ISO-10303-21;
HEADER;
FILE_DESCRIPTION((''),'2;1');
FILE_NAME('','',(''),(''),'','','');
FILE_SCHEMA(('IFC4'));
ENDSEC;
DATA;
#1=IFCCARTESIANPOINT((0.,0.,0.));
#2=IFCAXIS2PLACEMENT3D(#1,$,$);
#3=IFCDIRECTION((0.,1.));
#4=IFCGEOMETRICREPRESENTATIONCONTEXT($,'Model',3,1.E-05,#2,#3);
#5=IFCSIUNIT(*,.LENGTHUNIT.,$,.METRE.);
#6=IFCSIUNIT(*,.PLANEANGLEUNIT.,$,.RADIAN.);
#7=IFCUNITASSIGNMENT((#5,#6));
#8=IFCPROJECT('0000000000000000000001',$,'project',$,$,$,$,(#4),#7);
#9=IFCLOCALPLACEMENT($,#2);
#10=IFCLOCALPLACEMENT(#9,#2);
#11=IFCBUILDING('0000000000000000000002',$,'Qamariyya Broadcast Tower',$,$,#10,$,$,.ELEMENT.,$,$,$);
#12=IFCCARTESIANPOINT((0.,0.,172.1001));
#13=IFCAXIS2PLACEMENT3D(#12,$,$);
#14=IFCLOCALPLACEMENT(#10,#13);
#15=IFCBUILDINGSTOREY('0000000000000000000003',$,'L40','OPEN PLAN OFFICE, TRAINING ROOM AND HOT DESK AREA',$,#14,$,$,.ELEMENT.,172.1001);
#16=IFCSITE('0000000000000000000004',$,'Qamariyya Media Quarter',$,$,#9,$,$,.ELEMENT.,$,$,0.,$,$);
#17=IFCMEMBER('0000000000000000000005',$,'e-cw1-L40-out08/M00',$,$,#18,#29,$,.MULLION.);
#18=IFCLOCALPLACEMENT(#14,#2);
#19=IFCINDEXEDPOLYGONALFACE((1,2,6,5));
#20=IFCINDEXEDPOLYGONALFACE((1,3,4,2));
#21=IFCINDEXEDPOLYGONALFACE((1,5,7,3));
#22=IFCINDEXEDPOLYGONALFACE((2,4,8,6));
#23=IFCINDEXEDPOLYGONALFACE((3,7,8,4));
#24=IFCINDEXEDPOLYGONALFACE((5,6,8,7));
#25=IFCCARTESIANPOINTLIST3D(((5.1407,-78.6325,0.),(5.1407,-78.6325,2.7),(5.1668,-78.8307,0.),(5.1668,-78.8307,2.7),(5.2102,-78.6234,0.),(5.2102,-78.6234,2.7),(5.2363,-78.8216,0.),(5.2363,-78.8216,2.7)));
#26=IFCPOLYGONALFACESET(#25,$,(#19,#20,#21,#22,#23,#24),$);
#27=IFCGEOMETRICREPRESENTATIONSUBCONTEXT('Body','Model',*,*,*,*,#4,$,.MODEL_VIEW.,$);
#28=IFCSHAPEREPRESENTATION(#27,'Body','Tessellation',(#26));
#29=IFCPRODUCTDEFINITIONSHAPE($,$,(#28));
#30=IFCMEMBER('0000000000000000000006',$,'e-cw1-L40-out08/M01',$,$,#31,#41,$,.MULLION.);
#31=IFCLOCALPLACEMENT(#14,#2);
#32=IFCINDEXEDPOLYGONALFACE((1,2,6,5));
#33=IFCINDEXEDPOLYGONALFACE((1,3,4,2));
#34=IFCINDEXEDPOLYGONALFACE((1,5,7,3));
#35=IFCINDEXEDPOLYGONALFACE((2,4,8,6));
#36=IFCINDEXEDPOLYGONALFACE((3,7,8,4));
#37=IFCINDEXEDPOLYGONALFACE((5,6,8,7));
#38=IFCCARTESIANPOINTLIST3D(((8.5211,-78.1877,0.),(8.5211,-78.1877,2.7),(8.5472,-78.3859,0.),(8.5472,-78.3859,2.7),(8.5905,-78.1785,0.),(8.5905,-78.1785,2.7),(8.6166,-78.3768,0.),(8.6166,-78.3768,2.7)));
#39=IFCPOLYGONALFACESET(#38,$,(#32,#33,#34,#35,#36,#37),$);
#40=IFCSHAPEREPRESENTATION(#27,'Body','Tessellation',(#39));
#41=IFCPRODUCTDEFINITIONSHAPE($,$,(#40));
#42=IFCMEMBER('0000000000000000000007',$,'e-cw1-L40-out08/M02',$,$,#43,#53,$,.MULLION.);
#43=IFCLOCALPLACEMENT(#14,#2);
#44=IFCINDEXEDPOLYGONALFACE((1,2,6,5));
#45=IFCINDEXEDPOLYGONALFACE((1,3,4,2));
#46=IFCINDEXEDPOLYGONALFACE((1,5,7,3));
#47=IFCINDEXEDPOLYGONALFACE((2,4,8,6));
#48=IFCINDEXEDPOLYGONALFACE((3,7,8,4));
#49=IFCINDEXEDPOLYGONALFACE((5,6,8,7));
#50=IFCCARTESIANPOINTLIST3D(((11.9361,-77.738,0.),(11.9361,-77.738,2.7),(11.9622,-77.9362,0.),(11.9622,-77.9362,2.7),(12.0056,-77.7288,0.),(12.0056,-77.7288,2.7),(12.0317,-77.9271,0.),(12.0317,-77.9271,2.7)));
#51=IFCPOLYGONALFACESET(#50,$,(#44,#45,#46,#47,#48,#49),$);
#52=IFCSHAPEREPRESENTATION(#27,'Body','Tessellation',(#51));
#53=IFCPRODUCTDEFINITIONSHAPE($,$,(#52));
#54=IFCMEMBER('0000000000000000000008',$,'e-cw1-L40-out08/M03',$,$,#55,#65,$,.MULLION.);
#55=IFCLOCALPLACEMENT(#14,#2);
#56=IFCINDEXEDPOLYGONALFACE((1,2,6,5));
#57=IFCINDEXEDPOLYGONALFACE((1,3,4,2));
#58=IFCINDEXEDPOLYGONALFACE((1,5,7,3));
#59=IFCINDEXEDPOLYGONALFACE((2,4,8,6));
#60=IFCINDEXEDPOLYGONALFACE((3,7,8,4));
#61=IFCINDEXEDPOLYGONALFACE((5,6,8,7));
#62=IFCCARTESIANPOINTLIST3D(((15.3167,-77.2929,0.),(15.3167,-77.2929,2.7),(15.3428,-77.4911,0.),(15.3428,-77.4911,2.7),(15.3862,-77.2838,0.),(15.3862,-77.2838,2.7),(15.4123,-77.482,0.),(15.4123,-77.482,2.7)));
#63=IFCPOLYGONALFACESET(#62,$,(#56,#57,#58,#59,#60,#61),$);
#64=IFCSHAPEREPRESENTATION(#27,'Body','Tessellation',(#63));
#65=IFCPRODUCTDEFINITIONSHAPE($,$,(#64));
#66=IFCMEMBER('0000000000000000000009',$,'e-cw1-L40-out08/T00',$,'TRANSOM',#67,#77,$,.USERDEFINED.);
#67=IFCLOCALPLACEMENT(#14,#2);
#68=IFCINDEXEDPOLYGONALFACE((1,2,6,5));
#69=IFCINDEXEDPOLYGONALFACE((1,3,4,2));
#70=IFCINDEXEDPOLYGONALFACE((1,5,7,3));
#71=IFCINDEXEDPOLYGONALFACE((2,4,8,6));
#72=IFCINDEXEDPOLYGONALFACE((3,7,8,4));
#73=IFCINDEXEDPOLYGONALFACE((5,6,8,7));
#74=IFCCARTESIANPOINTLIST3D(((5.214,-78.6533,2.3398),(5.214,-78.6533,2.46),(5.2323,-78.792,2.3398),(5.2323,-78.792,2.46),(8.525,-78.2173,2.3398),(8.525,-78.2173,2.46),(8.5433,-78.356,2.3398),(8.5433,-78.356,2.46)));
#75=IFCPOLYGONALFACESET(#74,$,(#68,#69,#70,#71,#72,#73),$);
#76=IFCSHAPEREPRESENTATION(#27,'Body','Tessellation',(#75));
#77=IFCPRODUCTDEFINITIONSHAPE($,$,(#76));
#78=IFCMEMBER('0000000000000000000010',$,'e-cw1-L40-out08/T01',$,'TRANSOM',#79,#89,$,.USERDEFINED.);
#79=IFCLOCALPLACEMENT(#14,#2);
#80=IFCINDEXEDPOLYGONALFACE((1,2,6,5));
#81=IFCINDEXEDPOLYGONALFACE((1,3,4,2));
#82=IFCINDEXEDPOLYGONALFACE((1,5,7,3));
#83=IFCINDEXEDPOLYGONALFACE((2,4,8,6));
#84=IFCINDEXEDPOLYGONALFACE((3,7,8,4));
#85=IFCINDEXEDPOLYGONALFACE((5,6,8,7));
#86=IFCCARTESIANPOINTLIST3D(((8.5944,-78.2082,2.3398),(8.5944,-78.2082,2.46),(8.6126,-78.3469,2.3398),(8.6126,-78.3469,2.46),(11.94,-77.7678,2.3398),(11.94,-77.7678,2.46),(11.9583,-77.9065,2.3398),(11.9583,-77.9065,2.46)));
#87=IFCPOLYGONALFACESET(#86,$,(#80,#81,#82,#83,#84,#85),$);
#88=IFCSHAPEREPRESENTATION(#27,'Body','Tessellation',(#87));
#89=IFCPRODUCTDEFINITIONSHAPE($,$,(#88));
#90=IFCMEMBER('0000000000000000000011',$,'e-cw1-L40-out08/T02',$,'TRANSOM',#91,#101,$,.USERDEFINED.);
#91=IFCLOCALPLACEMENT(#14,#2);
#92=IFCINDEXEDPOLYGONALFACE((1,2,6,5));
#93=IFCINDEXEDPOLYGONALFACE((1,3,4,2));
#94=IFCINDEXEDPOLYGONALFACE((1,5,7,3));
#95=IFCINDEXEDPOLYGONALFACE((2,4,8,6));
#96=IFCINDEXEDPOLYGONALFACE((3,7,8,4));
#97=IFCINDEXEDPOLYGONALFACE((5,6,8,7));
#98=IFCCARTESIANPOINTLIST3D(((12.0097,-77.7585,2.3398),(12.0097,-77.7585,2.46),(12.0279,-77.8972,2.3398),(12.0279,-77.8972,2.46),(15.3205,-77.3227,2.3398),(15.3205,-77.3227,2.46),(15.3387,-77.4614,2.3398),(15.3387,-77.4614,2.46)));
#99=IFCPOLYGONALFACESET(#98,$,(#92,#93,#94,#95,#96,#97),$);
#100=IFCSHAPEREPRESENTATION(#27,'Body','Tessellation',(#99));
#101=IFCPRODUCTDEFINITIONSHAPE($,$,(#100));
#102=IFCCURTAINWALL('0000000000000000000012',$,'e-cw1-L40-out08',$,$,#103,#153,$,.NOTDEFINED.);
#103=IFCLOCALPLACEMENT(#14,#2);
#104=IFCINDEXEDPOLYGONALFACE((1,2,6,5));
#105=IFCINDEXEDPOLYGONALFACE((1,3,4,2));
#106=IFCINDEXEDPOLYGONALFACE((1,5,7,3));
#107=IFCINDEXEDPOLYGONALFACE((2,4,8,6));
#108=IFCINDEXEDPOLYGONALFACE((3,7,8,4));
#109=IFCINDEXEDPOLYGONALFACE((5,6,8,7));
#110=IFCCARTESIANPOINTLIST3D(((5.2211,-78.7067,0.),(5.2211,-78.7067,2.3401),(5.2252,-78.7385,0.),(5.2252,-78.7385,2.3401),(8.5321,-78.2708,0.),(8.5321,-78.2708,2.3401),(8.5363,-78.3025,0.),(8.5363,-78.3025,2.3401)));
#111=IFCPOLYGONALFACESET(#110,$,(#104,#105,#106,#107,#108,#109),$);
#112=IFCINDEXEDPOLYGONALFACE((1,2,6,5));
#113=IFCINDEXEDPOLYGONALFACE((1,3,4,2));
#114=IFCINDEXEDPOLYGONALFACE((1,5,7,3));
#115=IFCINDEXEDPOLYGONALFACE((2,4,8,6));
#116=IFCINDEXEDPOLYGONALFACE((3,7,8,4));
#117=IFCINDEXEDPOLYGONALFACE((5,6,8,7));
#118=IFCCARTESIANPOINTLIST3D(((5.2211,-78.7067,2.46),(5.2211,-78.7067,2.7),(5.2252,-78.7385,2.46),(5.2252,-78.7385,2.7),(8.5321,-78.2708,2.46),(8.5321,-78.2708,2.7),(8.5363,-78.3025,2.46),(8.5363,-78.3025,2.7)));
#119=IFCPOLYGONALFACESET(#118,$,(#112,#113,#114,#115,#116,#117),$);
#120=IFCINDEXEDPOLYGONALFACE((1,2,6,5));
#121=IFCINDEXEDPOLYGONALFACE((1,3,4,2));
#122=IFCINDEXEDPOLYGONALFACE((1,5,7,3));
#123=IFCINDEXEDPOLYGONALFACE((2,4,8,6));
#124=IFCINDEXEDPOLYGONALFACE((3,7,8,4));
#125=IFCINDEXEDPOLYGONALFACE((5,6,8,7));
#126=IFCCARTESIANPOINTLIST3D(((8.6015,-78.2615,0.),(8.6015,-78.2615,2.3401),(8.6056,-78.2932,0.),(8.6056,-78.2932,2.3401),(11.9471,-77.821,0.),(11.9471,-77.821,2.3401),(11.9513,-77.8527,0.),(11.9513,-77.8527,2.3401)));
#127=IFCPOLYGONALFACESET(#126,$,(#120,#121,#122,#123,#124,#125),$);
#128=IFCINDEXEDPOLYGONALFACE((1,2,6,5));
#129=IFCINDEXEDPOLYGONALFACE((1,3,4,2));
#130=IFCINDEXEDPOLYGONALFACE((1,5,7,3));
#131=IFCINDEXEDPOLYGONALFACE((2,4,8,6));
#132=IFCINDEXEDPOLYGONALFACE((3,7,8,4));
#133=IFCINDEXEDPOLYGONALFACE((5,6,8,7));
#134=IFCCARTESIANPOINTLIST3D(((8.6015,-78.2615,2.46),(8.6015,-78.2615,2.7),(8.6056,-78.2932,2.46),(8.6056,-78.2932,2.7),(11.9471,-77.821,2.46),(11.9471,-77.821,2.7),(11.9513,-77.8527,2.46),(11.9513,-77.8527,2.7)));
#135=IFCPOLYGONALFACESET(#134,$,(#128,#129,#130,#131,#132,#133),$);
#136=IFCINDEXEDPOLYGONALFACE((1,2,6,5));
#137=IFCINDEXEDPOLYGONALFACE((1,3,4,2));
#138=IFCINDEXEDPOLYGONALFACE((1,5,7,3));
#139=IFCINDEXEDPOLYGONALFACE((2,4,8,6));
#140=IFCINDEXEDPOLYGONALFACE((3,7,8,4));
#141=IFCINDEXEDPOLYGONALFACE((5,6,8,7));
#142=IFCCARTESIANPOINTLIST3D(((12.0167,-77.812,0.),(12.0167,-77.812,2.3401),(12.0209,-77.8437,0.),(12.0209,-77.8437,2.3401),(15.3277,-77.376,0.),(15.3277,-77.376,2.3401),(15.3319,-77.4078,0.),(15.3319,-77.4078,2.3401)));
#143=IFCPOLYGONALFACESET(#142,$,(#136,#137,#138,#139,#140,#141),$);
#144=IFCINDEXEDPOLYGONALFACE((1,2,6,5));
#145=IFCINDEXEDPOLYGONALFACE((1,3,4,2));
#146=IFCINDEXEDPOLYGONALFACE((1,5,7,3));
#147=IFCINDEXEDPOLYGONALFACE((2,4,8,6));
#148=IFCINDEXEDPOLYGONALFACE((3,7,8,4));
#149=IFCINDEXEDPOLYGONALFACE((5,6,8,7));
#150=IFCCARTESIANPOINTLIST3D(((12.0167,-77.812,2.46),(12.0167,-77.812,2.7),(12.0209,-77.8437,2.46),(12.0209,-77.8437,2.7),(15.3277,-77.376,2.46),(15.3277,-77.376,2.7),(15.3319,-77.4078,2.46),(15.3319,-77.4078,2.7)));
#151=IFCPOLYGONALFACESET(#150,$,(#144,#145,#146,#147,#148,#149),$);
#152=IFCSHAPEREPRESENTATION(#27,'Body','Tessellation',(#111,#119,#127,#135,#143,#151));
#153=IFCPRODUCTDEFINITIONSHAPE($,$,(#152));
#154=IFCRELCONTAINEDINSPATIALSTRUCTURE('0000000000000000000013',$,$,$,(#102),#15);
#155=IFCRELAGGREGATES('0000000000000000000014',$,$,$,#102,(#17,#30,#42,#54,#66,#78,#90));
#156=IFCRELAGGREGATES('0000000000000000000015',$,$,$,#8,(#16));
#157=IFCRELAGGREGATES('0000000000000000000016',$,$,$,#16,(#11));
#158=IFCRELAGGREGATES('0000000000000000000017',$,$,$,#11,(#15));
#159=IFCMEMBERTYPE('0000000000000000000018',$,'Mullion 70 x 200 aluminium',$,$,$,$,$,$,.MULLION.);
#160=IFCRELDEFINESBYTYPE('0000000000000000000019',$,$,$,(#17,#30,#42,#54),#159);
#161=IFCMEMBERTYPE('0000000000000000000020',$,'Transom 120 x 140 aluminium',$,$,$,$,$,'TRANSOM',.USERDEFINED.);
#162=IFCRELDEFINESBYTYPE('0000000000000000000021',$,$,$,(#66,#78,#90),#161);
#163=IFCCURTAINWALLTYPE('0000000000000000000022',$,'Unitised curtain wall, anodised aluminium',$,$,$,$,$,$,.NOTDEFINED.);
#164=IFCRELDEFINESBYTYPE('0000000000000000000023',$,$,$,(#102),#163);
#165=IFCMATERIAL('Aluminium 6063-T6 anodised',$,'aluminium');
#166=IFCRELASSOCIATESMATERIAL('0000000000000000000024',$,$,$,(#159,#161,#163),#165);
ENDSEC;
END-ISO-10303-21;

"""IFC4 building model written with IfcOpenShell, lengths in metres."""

from ifc_helpers import new_model, si_unit, direction, frame, origin, origin_2d, place, context, subcontext, project, spatial, rectangle, extrude, material, material_profile, profile_set, type_object, element, aggregate, save


model = new_model("IFC4")

# Units and contexts
model_context = context("Model", 3, precision=1e-05, world=origin(), true_north=direction((0.0, 1.0)))
body_context = subcontext(model_context, "Body", "Model", "MODEL_VIEW")
ifc_project = project(units=[si_unit("LENGTHUNIT", "METRE"), si_unit("PLANEANGLEUNIT", "RADIAN")], contexts=[model_context])

# Members
ifc_material = material(Name="Aluminium 6063-T6 anodised", Category="aluminium")
ifc_material_profile_1 = material_profile(ifc_material, rectangle(XDim=0.2, YDim=0.0701, at=origin_2d()))
ifc_profile_set_1 = profile_set([ifc_material_profile_1], Name="Aluminium 6063-T6 anodised")
member_type_1 = type_object("IfcMemberType", Name="Mullion 70 x 200 aluminium", PredefinedType="MULLION", material=ifc_profile_set_1)
site_placement = place(None, origin())
building_placement = place(site_placement, origin())
storey_placement = place(building_placement, frame((0.0, 0.0, 172.1001)))
member_1_placement = place(storey_placement, frame((5.1885, -78.7271, 0.0), z_axis=(0.0, 0.0, 1.0), x_axis=(-0.130526, 0.991445, 0.0)))
member_1 = element("IfcMember", 1, at=member_1_placement, type_object=member_type_1, Name="e-cw1-L40-out08/M00", PredefinedType="MULLION", context=body_context, shape_type="SweptSolid", body=[
    extrude(rectangle(XDim=0.2, YDim=0.0701, at=origin_2d()), origin(), (0.0, 0.0, 1.0), 2.7),
])
member_2_placement = place(storey_placement, frame((8.5688, -78.2822, 0.0), z_axis=(0.0, 0.0, 1.0), x_axis=(-0.130526, 0.991445, 0.0)))
member_2 = element("IfcMember", 2, at=member_2_placement, type_object=member_type_1, Name="e-cw1-L40-out08/M01", PredefinedType="MULLION", context=body_context, shape_type="SweptSolid", body=[
    extrude(rectangle(XDim=0.2, YDim=0.0701, at=origin_2d()), origin(), (0.0, 0.0, 1.0), 2.7),
])
member_3_placement = place(storey_placement, frame((11.9839, -77.8325, 0.0), z_axis=(0.0, 0.0, 1.0), x_axis=(-0.130526, 0.991445, 0.0)))
member_3 = element("IfcMember", 3, at=member_3_placement, type_object=member_type_1, Name="e-cw1-L40-out08/M02", PredefinedType="MULLION", context=body_context, shape_type="SweptSolid", body=[
    extrude(rectangle(XDim=0.2, YDim=0.0701, at=origin_2d()), origin(), (0.0, 0.0, 1.0), 2.7),
])
member_4_placement = place(storey_placement, frame((15.3645, -77.3875, 0.0), z_axis=(0.0, 0.0, 1.0), x_axis=(-0.130526, 0.991445, 0.0)))
member_4 = element("IfcMember", 4, at=member_4_placement, type_object=member_type_1, Name="e-cw1-L40-out08/M03", PredefinedType="MULLION", context=body_context, shape_type="SweptSolid", body=[
    extrude(rectangle(XDim=0.2, YDim=0.0701, at=origin_2d()), origin(), (0.0, 0.0, 1.0), 2.7),
])
ifc_material_profile_2 = material_profile(ifc_material, rectangle(XDim=0.1399, YDim=0.1201, at=origin_2d()))
ifc_profile_set_2 = profile_set([ifc_material_profile_2], Name="Aluminium 6063-T6 anodised")
member_type_2 = type_object("IfcMemberType", Name="Transom 120 x 140 aluminium", ElementType="TRANSOM", PredefinedType="USERDEFINED", material=ifc_profile_set_2)
member_5_placement = place(storey_placement, frame((5.2231, -78.7227, 2.3999), z_axis=(0.99144, 0.130564, 0.0), x_axis=(-0.130564, 0.99144, 0.0)))
member_5 = element("IfcMember", 5, at=member_5_placement, type_object=member_type_2, Name="e-cw1-L40-out08/T00", ObjectType="TRANSOM", PredefinedType="USERDEFINED", context=body_context, shape_type="SweptSolid", body=[
    extrude(rectangle(XDim=0.1399, YDim=0.1201, at=origin_2d()), origin(), (0.0, 0.0, 1.0), 3.3396),
])
member_6_placement = place(storey_placement, frame((8.6035, -78.2776, 2.3999), z_axis=(0.991446, 0.130514, 0.0), x_axis=(-0.130514, 0.991446, 0.0)))
member_6 = element("IfcMember", 6, at=member_6_placement, type_object=member_type_2, Name="e-cw1-L40-out08/T01", ObjectType="TRANSOM", PredefinedType="USERDEFINED", context=body_context, shape_type="SweptSolid", body=[
    extrude(rectangle(XDim=0.1399, YDim=0.1201, at=origin_2d()), origin(), (0.0, 0.0, 1.0), 3.3745),
])
member_7_placement = place(storey_placement, frame((12.0188, -77.8279, 2.3999), z_axis=(0.991448, 0.130502, 0.0), x_axis=(-0.130502, 0.991448, 0.0)))
member_7 = element("IfcMember", 7, at=member_7_placement, type_object=member_type_2, Name="e-cw1-L40-out08/T02", ObjectType="TRANSOM", PredefinedType="USERDEFINED", context=body_context, shape_type="SweptSolid", body=[
    extrude(rectangle(XDim=0.1399, YDim=0.1201, at=origin_2d()), origin(), (0.0, 0.0, 1.0), 3.3394),
])

# Site, building, storey
site = spatial("IfcSite", under=ifc_project, at=site_placement, Name="Qamariyya Media Quarter", CompositionType="ELEMENT", RefElevation=0.0)
building = spatial("IfcBuilding", under=site, at=building_placement, Name="Qamariyya Broadcast Tower", CompositionType="ELEMENT")
storey = spatial("IfcBuildingStorey", under=building, at=storey_placement, Name="L40", Description="OPEN PLAN OFFICE, TRAINING ROOM AND HOT DESK AREA", CompositionType="ELEMENT", Elevation=172.1001)

# Curtain wall
curtain_wall_type = type_object("IfcCurtainWallType", Name="Unitised curtain wall, anodised aluminium", PredefinedType="NOTDEFINED", material=ifc_material)
curtain_wall_1_placement = place(storey_placement, origin())
curtain_wall_1 = element("IfcCurtainWall", 8, at=curtain_wall_1_placement, inside=storey, type_object=curtain_wall_type, Name="e-cw1-L40-out08", PredefinedType="NOTDEFINED", context=body_context, shape_type="SweptSolid", body=[
    extrude(rectangle(XDim=3.3396, YDim=0.032, at=origin_2d()), frame((6.8787, -78.5046, 0.0), x_axis=(0.991444, 0.130531, 0.0)), (0.0, 0.0, 1.0), 2.3401),
    extrude(rectangle(XDim=3.3396, YDim=0.032, at=origin_2d()), frame((6.8787, -78.5046, 2.46), x_axis=(0.991444, 0.130531, 0.0)), (0.0, 0.0, 1.0), 0.24),
    extrude(rectangle(XDim=3.3745, YDim=0.032, at=origin_2d()), frame((10.2764, -78.0571, 0.0), x_axis=(0.991444, 0.130531, 0.0)), (0.0, 0.0, 1.0), 2.3401),
    extrude(rectangle(XDim=3.3745, YDim=0.032, at=origin_2d()), frame((10.2764, -78.0571, 2.46), x_axis=(0.991444, 0.130531, 0.0)), (0.0, 0.0, 1.0), 0.24),
    extrude(rectangle(XDim=3.3396, YDim=0.032, at=origin_2d()), frame((13.6743, -77.6099, 0.0), x_axis=(0.991444, 0.130531, 0.0)), (0.0, 0.0, 1.0), 2.3401),
    extrude(rectangle(XDim=3.3396, YDim=0.032, at=origin_2d()), frame((13.6743, -77.6099, 2.46), x_axis=(0.991444, 0.130531, 0.0)), (0.0, 0.0, 1.0), 0.24),
])
aggregate(curtain_wall_1, [member_1, member_2, member_3, member_4, member_5, member_6, member_7])

save(model, "model.ifc")
